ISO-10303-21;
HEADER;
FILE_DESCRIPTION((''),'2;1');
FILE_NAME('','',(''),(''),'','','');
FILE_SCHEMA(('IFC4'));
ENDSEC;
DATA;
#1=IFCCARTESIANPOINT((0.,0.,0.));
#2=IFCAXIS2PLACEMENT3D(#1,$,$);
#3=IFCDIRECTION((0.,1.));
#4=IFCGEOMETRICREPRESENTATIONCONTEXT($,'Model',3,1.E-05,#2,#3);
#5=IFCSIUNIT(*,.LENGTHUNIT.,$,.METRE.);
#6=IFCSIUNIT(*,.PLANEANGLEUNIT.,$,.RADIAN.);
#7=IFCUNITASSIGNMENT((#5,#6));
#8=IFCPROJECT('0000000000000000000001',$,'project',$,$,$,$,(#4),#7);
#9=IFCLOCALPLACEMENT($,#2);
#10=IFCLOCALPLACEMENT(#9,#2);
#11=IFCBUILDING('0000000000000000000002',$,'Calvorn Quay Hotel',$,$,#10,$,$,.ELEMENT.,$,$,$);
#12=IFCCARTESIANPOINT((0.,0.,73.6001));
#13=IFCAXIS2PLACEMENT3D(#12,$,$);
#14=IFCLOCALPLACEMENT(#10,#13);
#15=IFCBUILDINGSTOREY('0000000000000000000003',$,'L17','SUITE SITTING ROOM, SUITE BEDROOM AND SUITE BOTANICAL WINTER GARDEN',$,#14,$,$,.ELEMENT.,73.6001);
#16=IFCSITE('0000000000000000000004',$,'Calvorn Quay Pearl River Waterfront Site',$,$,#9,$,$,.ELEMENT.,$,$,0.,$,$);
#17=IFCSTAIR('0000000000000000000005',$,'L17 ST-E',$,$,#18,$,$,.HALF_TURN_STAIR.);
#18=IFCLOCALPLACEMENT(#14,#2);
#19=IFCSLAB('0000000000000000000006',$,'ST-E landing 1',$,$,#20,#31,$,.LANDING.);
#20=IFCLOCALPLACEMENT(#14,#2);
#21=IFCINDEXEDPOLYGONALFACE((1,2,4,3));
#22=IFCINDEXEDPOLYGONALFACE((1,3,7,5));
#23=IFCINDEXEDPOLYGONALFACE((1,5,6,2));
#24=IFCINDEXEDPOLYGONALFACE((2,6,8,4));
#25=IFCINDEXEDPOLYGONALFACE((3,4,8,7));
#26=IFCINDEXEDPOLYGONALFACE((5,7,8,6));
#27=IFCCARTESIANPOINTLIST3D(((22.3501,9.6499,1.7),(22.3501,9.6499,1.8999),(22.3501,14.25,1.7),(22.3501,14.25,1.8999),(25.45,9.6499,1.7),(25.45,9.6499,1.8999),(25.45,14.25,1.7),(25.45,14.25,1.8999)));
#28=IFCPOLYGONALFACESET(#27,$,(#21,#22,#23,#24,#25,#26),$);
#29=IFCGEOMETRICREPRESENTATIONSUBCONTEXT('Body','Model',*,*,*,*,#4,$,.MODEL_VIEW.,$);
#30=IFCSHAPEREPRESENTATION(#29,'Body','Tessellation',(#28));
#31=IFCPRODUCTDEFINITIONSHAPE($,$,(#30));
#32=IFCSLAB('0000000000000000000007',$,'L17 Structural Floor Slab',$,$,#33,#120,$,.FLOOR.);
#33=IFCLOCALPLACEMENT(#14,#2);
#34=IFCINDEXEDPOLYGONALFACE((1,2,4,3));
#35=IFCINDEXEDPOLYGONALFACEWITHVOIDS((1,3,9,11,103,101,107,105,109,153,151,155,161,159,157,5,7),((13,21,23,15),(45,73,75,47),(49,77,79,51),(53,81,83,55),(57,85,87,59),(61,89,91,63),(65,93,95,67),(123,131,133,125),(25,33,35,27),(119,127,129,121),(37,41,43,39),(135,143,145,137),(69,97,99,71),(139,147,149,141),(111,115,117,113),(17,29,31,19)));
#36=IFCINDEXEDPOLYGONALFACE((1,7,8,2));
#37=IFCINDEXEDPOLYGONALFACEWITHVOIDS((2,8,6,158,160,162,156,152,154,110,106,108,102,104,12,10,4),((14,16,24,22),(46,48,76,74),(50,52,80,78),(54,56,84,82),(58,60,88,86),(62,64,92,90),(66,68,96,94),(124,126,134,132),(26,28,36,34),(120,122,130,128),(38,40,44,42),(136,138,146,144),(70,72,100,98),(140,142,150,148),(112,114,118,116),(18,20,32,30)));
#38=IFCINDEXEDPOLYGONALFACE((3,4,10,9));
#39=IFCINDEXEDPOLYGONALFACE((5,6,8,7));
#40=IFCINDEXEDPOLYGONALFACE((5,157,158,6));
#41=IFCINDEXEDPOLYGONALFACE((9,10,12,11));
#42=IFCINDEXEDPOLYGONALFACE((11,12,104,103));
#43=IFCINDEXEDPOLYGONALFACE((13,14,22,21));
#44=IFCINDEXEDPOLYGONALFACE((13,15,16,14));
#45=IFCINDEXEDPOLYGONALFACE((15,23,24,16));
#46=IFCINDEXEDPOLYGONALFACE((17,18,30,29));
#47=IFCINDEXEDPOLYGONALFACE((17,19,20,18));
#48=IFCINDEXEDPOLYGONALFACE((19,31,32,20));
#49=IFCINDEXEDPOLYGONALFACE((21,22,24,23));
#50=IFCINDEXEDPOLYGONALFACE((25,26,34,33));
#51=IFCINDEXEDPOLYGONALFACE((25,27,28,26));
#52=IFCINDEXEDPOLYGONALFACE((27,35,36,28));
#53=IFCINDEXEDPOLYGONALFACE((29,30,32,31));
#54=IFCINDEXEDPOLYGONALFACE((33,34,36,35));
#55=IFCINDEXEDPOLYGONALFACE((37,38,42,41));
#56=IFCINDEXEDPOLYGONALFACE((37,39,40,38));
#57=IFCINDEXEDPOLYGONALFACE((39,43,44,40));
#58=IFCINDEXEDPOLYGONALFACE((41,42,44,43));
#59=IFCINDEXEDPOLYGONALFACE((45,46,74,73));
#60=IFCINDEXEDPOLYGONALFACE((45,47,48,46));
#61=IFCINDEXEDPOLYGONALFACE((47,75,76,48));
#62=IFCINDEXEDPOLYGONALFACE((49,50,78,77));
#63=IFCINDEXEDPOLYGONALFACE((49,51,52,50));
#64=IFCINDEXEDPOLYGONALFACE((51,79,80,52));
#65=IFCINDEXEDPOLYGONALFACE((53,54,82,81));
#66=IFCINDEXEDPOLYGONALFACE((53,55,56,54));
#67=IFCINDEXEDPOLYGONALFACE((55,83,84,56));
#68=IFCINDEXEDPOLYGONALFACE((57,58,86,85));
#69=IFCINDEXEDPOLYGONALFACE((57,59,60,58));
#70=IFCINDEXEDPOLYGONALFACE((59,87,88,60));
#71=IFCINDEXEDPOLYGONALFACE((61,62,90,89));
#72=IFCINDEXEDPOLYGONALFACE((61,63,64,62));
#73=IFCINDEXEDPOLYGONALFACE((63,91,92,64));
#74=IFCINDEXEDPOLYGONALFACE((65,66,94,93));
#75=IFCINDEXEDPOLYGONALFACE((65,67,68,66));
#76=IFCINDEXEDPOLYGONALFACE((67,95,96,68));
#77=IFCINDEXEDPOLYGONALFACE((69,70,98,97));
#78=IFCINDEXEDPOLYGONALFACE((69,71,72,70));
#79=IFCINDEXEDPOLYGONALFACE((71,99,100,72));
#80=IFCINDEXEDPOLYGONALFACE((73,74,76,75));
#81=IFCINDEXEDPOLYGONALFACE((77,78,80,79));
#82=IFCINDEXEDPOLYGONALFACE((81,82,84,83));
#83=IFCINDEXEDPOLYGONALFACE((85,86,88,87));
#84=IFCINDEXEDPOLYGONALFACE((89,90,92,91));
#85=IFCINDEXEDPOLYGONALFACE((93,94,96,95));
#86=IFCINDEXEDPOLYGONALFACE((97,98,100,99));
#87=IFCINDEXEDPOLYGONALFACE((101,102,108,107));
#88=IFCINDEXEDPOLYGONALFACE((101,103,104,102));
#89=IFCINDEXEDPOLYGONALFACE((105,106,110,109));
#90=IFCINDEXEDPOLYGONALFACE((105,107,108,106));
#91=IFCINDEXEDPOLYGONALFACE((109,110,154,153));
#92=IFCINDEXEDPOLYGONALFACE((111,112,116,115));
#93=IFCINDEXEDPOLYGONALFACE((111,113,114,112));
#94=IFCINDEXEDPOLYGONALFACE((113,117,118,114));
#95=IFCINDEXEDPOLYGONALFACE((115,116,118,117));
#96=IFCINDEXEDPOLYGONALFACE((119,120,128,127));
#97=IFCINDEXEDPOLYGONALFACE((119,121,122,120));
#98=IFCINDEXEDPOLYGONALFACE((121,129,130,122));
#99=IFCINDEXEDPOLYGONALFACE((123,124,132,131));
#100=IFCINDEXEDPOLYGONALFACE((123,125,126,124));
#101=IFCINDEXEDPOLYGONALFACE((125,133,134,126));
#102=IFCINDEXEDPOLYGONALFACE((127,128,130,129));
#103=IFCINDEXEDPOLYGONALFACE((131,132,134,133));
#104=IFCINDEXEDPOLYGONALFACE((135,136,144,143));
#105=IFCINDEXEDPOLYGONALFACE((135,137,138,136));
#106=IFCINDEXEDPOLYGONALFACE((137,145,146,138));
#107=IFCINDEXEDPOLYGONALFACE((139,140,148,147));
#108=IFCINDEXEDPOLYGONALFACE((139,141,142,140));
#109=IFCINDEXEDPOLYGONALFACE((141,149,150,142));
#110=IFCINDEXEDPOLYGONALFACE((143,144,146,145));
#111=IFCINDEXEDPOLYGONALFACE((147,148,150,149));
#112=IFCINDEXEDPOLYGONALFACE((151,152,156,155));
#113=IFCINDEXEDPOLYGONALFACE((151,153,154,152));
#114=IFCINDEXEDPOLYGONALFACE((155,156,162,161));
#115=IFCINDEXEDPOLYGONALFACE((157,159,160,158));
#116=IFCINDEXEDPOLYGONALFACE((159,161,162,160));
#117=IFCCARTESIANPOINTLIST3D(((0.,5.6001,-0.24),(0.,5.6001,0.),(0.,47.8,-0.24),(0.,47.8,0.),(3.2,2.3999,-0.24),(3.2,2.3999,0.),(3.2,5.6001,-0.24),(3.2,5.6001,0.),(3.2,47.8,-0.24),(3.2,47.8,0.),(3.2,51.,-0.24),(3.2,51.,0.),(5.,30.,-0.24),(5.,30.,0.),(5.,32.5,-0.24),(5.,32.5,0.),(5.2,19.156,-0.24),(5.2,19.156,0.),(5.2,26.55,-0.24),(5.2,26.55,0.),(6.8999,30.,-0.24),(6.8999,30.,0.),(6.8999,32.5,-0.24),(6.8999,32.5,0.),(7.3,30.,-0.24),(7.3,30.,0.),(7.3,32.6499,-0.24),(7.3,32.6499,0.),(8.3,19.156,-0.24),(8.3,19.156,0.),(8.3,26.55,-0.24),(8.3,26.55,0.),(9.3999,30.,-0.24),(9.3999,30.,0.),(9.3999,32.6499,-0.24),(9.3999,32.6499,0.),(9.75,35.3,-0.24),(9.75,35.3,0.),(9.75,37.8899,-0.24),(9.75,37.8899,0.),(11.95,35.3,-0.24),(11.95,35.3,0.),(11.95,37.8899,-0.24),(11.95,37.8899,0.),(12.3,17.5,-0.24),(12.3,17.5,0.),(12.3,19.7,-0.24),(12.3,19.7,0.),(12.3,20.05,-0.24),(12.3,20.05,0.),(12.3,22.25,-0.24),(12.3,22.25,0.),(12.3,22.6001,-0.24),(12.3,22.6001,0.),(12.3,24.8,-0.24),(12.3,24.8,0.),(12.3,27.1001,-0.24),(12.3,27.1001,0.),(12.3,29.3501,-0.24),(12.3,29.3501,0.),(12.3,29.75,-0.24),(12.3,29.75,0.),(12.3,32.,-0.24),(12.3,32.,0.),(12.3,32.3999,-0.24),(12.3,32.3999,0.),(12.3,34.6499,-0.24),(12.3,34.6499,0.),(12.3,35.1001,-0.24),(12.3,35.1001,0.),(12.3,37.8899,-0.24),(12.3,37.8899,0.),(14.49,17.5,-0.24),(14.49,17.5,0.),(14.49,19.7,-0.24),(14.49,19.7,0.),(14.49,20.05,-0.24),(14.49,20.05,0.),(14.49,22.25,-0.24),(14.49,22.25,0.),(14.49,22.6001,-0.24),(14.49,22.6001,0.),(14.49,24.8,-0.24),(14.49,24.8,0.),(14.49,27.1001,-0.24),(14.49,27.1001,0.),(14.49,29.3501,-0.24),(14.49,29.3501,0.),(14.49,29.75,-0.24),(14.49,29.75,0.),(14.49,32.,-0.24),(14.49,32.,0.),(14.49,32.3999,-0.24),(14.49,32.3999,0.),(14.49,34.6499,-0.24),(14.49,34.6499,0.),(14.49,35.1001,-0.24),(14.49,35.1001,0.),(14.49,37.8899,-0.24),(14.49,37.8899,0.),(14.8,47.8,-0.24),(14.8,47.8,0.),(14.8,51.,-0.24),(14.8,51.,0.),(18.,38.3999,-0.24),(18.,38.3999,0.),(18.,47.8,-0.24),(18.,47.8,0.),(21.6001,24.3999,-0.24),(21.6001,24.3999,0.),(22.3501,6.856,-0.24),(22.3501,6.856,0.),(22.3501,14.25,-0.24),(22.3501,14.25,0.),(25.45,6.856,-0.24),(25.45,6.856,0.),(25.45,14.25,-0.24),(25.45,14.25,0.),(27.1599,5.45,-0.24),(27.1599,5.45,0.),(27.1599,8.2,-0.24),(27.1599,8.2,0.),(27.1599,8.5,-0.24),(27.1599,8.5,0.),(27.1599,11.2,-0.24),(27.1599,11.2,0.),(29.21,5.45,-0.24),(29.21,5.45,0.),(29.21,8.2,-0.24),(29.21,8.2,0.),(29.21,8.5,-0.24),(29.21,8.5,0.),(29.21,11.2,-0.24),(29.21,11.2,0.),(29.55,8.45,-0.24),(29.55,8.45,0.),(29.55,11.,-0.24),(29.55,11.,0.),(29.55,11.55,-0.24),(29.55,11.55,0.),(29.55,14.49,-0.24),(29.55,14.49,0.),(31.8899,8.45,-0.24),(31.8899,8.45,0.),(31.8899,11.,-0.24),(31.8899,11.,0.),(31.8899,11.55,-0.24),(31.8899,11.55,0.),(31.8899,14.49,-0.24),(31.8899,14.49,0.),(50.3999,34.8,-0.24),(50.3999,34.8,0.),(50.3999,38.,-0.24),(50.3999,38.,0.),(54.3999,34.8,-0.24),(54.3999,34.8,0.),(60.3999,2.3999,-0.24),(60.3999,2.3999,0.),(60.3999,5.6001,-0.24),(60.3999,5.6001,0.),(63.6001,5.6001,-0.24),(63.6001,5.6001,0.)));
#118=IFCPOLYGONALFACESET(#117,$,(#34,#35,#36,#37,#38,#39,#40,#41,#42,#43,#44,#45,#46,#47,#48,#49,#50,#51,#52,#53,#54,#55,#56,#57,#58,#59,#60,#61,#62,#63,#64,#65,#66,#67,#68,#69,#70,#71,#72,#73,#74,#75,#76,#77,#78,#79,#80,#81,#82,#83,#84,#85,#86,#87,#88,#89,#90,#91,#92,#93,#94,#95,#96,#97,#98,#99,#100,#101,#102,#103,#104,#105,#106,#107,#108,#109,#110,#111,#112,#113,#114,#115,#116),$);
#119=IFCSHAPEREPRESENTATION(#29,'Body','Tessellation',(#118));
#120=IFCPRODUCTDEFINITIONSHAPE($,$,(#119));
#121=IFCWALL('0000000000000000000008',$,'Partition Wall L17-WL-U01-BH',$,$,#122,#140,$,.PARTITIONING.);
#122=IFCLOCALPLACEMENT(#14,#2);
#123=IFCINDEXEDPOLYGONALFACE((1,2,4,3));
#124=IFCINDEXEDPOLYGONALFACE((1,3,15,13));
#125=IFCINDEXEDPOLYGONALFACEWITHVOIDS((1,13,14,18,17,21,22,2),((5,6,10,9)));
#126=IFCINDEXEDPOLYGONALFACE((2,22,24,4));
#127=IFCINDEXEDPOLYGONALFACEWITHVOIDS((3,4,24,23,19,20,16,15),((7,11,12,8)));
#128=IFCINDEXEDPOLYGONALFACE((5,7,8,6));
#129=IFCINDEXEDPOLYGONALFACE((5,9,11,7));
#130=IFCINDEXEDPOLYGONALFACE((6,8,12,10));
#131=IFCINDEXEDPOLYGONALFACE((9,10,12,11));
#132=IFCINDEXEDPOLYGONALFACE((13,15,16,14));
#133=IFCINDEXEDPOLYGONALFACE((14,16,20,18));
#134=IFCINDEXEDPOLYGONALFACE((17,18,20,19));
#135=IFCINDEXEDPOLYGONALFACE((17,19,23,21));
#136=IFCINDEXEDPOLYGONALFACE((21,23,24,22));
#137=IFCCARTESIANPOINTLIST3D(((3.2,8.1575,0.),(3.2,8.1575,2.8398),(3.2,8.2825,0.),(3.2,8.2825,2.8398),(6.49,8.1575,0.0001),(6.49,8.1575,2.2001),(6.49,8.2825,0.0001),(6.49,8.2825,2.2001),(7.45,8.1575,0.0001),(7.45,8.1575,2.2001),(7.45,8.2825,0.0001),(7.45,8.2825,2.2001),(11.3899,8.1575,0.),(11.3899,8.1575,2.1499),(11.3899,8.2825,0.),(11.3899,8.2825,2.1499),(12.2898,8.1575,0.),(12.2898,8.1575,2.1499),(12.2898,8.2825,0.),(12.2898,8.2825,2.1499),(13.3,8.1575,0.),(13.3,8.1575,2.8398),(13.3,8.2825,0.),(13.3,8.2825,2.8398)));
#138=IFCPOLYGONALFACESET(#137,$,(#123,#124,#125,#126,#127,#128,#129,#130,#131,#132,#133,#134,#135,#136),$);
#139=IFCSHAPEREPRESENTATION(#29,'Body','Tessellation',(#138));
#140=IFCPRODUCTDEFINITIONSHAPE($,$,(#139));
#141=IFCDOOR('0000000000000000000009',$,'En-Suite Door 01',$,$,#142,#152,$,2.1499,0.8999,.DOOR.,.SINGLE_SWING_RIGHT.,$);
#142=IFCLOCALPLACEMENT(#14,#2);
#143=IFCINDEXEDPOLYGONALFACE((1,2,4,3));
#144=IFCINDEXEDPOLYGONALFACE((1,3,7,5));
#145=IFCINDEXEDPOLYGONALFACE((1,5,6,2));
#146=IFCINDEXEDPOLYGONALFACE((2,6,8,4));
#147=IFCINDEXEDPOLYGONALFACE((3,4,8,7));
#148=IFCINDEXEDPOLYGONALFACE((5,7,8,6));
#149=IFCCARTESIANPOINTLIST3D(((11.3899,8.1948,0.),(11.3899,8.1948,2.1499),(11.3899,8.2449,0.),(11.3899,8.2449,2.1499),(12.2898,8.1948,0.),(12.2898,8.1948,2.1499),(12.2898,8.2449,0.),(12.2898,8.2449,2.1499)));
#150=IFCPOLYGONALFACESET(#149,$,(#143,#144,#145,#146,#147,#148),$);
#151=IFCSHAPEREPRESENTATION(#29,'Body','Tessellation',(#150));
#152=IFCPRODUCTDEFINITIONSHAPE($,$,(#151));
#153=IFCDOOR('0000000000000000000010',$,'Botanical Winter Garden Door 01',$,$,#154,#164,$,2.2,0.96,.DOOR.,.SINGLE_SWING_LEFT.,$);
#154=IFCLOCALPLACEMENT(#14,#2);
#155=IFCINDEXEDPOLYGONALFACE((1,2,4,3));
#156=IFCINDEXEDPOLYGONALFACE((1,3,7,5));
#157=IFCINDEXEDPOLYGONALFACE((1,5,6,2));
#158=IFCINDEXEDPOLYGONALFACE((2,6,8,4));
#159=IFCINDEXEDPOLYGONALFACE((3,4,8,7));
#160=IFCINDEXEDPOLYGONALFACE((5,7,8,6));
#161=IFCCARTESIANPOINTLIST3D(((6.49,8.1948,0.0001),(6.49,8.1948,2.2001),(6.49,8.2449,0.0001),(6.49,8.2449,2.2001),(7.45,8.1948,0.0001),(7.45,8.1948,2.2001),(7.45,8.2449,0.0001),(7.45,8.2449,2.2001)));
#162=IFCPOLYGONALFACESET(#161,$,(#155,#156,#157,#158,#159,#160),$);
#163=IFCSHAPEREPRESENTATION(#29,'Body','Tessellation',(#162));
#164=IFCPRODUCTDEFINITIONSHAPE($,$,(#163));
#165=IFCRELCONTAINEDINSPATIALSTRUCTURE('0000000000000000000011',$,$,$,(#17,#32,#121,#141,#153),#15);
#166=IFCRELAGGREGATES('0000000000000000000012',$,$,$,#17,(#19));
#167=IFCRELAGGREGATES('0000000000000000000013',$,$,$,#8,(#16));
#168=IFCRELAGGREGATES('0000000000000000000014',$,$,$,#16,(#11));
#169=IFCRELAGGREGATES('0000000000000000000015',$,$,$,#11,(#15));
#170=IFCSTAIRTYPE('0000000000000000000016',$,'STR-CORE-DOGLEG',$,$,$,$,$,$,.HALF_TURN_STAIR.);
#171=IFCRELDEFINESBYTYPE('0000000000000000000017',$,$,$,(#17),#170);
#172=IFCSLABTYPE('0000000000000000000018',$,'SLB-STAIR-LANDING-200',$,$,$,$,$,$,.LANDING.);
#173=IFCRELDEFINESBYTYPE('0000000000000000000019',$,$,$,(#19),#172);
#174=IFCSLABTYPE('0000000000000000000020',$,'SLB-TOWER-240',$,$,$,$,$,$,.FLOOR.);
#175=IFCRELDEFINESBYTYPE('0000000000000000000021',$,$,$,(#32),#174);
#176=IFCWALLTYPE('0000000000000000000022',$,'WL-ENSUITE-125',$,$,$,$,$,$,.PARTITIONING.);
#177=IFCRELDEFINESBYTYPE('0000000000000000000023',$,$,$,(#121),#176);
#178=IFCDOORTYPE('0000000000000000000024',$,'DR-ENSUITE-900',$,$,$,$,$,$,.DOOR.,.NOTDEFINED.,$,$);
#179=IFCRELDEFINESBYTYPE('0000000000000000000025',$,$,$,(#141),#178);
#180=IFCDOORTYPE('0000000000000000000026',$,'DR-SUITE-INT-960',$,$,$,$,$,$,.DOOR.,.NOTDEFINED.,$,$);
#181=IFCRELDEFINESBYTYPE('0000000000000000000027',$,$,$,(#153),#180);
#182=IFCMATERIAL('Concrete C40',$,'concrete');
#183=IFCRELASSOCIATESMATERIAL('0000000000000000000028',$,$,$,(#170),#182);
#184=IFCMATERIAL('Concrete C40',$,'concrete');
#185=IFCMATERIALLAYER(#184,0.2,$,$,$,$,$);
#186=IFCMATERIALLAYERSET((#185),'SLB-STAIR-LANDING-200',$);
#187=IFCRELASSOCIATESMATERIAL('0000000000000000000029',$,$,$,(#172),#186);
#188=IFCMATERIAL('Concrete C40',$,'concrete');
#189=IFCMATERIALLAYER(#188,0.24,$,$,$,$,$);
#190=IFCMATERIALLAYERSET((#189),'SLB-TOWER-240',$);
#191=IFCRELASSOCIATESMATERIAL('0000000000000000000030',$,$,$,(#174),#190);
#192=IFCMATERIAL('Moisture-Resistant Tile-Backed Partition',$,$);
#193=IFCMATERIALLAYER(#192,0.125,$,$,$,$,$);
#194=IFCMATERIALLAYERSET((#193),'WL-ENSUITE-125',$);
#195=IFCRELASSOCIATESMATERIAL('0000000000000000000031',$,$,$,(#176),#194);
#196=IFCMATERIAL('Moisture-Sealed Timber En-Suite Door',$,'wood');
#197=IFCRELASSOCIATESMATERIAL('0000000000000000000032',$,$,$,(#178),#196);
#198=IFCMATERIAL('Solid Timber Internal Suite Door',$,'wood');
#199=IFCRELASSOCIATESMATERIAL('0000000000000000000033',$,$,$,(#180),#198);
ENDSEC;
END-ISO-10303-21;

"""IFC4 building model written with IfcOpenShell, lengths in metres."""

from ifc_helpers import new_model, si_unit, direction, frame, frame_2d, origin, place, context, subcontext, project, spatial, polyline, rectangle, outline, extrude, material, layer, layer_set, type_object, element, fill, aggregate, save


model = new_model("IFC4")

# Units and contexts
model_context = context("Model", 3, precision=1e-05, world=origin(), true_north=direction((0.0, 1.0)))
body_context = subcontext(model_context, "Body", "Model", "MODEL_VIEW")
ifc_project = project(units=[si_unit("LENGTHUNIT", "METRE"), si_unit("PLANEANGLEUNIT", "RADIAN")], contexts=[model_context])

# Site, building, storey
site_placement = place(None, origin())
site = spatial("IfcSite", under=ifc_project, at=site_placement, Name="Calvorn Quay Pearl River Waterfront Site", CompositionType="ELEMENT", RefElevation=0.0)
building_placement = place(site_placement, origin())
building = spatial("IfcBuilding", under=site, at=building_placement, Name="Calvorn Quay Hotel", CompositionType="ELEMENT")
storey_placement = place(building_placement, frame((0.0, 0.0, 73.6001)))
storey = spatial("IfcBuildingStorey", under=building, at=storey_placement, Name="L17", Description="SUITE SITTING ROOM, SUITE BEDROOM AND SUITE BOTANICAL WINTER GARDEN", CompositionType="ELEMENT", Elevation=73.6001)

# Stair, slab
ifc_material_1 = material(Name="Concrete C40", Category="concrete")
stair_type = type_object("IfcStairType", Name="STR-CORE-DOGLEG", PredefinedType="HALF_TURN_STAIR", material=ifc_material_1)
ifc_material_2 = material(Name="Concrete C40", Category="concrete")
ifc_layer_1 = layer(ifc_material_2, 0.2)
ifc_layer_set_1 = layer_set([ifc_layer_1], Name="SLB-STAIR-LANDING-200")
slab_type_1 = type_object("IfcSlabType", Name="SLB-STAIR-LANDING-200", PredefinedType="LANDING", material=ifc_layer_set_1)
stair_1_placement = place(storey_placement, origin())
stair_1 = element("IfcStair", 1, at=stair_1_placement, inside=storey, type_object=stair_type, Name="L17 ST-E", PredefinedType="HALF_TURN_STAIR")
slab_1_placement = place(storey_placement, frame((0.0, 0.0, 1.7)))
slab_1 = element("IfcSlab", 2, at=slab_1_placement, type_object=slab_type_1, Name="ST-E landing 1", PredefinedType="LANDING", context=body_context, shape_type="SweptSolid", body=[
    extrude(outline(polyline([(25.45, 9.6499), (25.45, 14.25), (22.3501, 14.25), (22.3501, 9.6499), (25.45, 9.6499)])), origin(), (0.0, 0.0, 1.0), 0.2),
])
aggregate(stair_1, [slab_1])

# Slab
ifc_material_3 = material(Name="Concrete C40", Category="concrete")
ifc_layer_2 = layer(ifc_material_3, 0.24)
ifc_layer_set_2 = layer_set([ifc_layer_2], Name="SLB-TOWER-240")
slab_type_2 = type_object("IfcSlabType", Name="SLB-TOWER-240", PredefinedType="FLOOR", material=ifc_layer_set_2)
slab_2_placement = place(storey_placement, frame((0.0, 0.0, -0.24)))
element("IfcSlab", 3, at=slab_2_placement, inside=storey, type_object=slab_type_2, Name="L17 Structural Floor Slab", PredefinedType="FLOOR", context=body_context, shape_type="SweptSolid", body=[
    extrude(outline(polyline([(0.0, 5.6001), (3.2, 5.6001), (3.2, 2.3999), (60.3999, 2.3999), (60.3999, 5.6001), (63.6001, 5.6001), (54.3999, 34.8), (50.3999, 34.8), (50.3999, 38.0), (21.6001, 24.3999), (18.0, 38.3999), (18.0, 47.8), (14.8, 47.8), (14.8, 51.0), (3.2, 51.0), (3.2, 47.8), (0.0, 47.8), (0.0, 5.6001)]), holes=[polyline([(5.2, 19.156), (8.3, 19.156), (8.3, 26.55), (5.2, 26.55), (5.2, 19.156)]), polyline([(22.3501, 6.856), (25.45, 6.856), (25.45, 14.25), (22.3501, 14.25), (22.3501, 6.856)]), polyline([(5.0, 30.0), (6.8999, 30.0), (6.8999, 32.5), (5.0, 32.5), (5.0, 30.0)]), polyline([(7.3, 30.0), (9.3999, 30.0), (9.3999, 32.6499), (7.3, 32.6499), (7.3, 30.0)]), polyline([(27.1599, 8.5), (29.21, 8.5), (29.21, 11.2), (27.1599, 11.2), (27.1599, 8.5)]), polyline([(27.1599, 5.45), (29.21, 5.45), (29.21, 8.2), (27.1599, 8.2), (27.1599, 5.45)]), polyline([(12.3, 17.5), (14.49, 17.5), (14.49, 19.7), (12.3, 19.7), (12.3, 17.5)]), polyline([(12.3, 20.05), (14.49, 20.05), (14.49, 22.25), (12.3, 22.25), (12.3, 20.05)]), polyline([(12.3, 22.6001), (14.49, 22.6001), (14.49, 24.8), (12.3, 24.8), (12.3, 22.6001)]), polyline([(12.3, 27.1001), (14.49, 27.1001), (14.49, 29.3501), (12.3, 29.3501), (12.3, 27.1001)]), polyline([(12.3, 29.75), (14.49, 29.75), (14.49, 32.0), (12.3, 32.0), (12.3, 29.75)]), polyline([(12.3, 32.3999), (14.49, 32.3999), (14.49, 34.6499), (12.3, 34.6499), (12.3, 32.3999)]), polyline([(12.3, 35.1001), (14.49, 35.1001), (14.49, 37.8899), (12.3, 37.8899), (12.3, 35.1001)]), polyline([(9.75, 35.3), (11.95, 35.3), (11.95, 37.8899), (9.75, 37.8899), (9.75, 35.3)]), polyline([(29.55, 11.55), (31.8899, 11.55), (31.8899, 14.49), (29.55, 14.49), (29.55, 11.55)]), polyline([(29.55, 8.45), (31.8899, 8.45), (31.8899, 11.0), (29.55, 11.0), (29.55, 8.45)])]), origin(), (0.0, 0.0, 1.0), 0.24),
])

# Wall, openings, doors
ifc_material_4 = material(Name="Moisture-Resistant Tile-Backed Partition")
ifc_layer_3 = layer(ifc_material_4, 0.125)
ifc_layer_set_3 = layer_set([ifc_layer_3], Name="WL-ENSUITE-125")
wall_type_1 = type_object("IfcWallType", Name="WL-ENSUITE-125", PredefinedType="PARTITIONING", material=ifc_layer_set_3)
wall_1_placement = place(storey_placement, frame((3.2, 8.22, 0.0), z_axis=(0.0, 0.0, 1.0), x_axis=(1.0, 0.0, 0.0)))
wall_1 = element("IfcWall", 4, at=wall_1_placement, inside=storey, type_object=wall_type_1, Name="Partition Wall L17-WL-U01-BH", PredefinedType="PARTITIONING", context=body_context, shape_type="SweptSolid", body=[
    extrude(rectangle(XDim=10.1001, YDim=0.125, at=frame_2d((5.05, 0.0))), origin(), (0.0, 0.0, 1.0), 2.8398),
])
opening_1_placement = place(wall_1_placement, frame((3.29, 0.0, 0.0)))
opening_1 = element("IfcOpeningElement", 5, at=opening_1_placement, cuts=wall_1, PredefinedType="OPENING", context=body_context, shape_type="SweptSolid", body=[
    extrude(rectangle(XDim=0.96, YDim=2.2, at=frame_2d((0.48, 1.1001))), frame((0.0, 0.0725, 0.0), z_axis=(0.0, -1.0, 0.0), x_axis=(1.0, 0.0, 0.0)), (0.0, 0.0, 1.0), 0.145),
])
opening_2_placement = place(wall_1_placement, frame((8.1899, 0.0, 0.0)))
opening_2 = element("IfcOpeningElement", 6, at=opening_2_placement, cuts=wall_1, PredefinedType="OPENING", context=body_context, shape_type="SweptSolid", body=[
    extrude(rectangle(XDim=0.8999, YDim=2.1499, at=frame_2d((0.45, 1.075))), frame((0.0, 0.0725, 0.0), z_axis=(0.0, -1.0, 0.0), x_axis=(1.0, 0.0, 0.0)), (0.0, 0.0, 1.0), 0.145),
])
ifc_material_5 = material(Name="Moisture-Sealed Timber En-Suite Door", Category="wood")
door_type_1 = type_object("IfcDoorType", Name="DR-ENSUITE-900", OperationType="NOTDEFINED", PredefinedType="DOOR", material=ifc_material_5)
door_1_placement = place(opening_2_placement, origin())
door_1 = element("IfcDoor", 7, at=door_1_placement, inside=storey, type_object=door_type_1, Name="En-Suite Door 01", OperationType="SINGLE_SWING_RIGHT", OverallHeight=2.1499, OverallWidth=0.8999, PredefinedType="DOOR", context=body_context, shape_type="SweptSolid", body=[
    extrude(rectangle(XDim=0.8999, YDim=2.1499, at=frame_2d((0.45, 1.075))), frame((0.0, 0.0249, 0.0), z_axis=(0.0, -1.0, 0.0), x_axis=(1.0, 0.0, 0.0)), (0.0, 0.0, 1.0), 0.05),
])
fill(opening_2, door_1)
ifc_material_6 = material(Name="Solid Timber Internal Suite Door", Category="wood")
door_type_2 = type_object("IfcDoorType", Name="DR-SUITE-INT-960", OperationType="NOTDEFINED", PredefinedType="DOOR", material=ifc_material_6)
door_2_placement = place(opening_1_placement, origin())
door_2 = element("IfcDoor", 8, at=door_2_placement, inside=storey, type_object=door_type_2, Name="Botanical Winter Garden Door 01", OperationType="SINGLE_SWING_LEFT", OverallHeight=2.2, OverallWidth=0.96, PredefinedType="DOOR", context=body_context, shape_type="SweptSolid", body=[
    extrude(rectangle(XDim=0.96, YDim=2.2, at=frame_2d((0.48, 1.1001))), frame((0.0, 0.0249, 0.0), z_axis=(0.0, -1.0, 0.0), x_axis=(1.0, 0.0, 0.0)), (0.0, 0.0, 1.0), 0.05),
])
fill(opening_1, door_2)

save(model, "model.ifc")
